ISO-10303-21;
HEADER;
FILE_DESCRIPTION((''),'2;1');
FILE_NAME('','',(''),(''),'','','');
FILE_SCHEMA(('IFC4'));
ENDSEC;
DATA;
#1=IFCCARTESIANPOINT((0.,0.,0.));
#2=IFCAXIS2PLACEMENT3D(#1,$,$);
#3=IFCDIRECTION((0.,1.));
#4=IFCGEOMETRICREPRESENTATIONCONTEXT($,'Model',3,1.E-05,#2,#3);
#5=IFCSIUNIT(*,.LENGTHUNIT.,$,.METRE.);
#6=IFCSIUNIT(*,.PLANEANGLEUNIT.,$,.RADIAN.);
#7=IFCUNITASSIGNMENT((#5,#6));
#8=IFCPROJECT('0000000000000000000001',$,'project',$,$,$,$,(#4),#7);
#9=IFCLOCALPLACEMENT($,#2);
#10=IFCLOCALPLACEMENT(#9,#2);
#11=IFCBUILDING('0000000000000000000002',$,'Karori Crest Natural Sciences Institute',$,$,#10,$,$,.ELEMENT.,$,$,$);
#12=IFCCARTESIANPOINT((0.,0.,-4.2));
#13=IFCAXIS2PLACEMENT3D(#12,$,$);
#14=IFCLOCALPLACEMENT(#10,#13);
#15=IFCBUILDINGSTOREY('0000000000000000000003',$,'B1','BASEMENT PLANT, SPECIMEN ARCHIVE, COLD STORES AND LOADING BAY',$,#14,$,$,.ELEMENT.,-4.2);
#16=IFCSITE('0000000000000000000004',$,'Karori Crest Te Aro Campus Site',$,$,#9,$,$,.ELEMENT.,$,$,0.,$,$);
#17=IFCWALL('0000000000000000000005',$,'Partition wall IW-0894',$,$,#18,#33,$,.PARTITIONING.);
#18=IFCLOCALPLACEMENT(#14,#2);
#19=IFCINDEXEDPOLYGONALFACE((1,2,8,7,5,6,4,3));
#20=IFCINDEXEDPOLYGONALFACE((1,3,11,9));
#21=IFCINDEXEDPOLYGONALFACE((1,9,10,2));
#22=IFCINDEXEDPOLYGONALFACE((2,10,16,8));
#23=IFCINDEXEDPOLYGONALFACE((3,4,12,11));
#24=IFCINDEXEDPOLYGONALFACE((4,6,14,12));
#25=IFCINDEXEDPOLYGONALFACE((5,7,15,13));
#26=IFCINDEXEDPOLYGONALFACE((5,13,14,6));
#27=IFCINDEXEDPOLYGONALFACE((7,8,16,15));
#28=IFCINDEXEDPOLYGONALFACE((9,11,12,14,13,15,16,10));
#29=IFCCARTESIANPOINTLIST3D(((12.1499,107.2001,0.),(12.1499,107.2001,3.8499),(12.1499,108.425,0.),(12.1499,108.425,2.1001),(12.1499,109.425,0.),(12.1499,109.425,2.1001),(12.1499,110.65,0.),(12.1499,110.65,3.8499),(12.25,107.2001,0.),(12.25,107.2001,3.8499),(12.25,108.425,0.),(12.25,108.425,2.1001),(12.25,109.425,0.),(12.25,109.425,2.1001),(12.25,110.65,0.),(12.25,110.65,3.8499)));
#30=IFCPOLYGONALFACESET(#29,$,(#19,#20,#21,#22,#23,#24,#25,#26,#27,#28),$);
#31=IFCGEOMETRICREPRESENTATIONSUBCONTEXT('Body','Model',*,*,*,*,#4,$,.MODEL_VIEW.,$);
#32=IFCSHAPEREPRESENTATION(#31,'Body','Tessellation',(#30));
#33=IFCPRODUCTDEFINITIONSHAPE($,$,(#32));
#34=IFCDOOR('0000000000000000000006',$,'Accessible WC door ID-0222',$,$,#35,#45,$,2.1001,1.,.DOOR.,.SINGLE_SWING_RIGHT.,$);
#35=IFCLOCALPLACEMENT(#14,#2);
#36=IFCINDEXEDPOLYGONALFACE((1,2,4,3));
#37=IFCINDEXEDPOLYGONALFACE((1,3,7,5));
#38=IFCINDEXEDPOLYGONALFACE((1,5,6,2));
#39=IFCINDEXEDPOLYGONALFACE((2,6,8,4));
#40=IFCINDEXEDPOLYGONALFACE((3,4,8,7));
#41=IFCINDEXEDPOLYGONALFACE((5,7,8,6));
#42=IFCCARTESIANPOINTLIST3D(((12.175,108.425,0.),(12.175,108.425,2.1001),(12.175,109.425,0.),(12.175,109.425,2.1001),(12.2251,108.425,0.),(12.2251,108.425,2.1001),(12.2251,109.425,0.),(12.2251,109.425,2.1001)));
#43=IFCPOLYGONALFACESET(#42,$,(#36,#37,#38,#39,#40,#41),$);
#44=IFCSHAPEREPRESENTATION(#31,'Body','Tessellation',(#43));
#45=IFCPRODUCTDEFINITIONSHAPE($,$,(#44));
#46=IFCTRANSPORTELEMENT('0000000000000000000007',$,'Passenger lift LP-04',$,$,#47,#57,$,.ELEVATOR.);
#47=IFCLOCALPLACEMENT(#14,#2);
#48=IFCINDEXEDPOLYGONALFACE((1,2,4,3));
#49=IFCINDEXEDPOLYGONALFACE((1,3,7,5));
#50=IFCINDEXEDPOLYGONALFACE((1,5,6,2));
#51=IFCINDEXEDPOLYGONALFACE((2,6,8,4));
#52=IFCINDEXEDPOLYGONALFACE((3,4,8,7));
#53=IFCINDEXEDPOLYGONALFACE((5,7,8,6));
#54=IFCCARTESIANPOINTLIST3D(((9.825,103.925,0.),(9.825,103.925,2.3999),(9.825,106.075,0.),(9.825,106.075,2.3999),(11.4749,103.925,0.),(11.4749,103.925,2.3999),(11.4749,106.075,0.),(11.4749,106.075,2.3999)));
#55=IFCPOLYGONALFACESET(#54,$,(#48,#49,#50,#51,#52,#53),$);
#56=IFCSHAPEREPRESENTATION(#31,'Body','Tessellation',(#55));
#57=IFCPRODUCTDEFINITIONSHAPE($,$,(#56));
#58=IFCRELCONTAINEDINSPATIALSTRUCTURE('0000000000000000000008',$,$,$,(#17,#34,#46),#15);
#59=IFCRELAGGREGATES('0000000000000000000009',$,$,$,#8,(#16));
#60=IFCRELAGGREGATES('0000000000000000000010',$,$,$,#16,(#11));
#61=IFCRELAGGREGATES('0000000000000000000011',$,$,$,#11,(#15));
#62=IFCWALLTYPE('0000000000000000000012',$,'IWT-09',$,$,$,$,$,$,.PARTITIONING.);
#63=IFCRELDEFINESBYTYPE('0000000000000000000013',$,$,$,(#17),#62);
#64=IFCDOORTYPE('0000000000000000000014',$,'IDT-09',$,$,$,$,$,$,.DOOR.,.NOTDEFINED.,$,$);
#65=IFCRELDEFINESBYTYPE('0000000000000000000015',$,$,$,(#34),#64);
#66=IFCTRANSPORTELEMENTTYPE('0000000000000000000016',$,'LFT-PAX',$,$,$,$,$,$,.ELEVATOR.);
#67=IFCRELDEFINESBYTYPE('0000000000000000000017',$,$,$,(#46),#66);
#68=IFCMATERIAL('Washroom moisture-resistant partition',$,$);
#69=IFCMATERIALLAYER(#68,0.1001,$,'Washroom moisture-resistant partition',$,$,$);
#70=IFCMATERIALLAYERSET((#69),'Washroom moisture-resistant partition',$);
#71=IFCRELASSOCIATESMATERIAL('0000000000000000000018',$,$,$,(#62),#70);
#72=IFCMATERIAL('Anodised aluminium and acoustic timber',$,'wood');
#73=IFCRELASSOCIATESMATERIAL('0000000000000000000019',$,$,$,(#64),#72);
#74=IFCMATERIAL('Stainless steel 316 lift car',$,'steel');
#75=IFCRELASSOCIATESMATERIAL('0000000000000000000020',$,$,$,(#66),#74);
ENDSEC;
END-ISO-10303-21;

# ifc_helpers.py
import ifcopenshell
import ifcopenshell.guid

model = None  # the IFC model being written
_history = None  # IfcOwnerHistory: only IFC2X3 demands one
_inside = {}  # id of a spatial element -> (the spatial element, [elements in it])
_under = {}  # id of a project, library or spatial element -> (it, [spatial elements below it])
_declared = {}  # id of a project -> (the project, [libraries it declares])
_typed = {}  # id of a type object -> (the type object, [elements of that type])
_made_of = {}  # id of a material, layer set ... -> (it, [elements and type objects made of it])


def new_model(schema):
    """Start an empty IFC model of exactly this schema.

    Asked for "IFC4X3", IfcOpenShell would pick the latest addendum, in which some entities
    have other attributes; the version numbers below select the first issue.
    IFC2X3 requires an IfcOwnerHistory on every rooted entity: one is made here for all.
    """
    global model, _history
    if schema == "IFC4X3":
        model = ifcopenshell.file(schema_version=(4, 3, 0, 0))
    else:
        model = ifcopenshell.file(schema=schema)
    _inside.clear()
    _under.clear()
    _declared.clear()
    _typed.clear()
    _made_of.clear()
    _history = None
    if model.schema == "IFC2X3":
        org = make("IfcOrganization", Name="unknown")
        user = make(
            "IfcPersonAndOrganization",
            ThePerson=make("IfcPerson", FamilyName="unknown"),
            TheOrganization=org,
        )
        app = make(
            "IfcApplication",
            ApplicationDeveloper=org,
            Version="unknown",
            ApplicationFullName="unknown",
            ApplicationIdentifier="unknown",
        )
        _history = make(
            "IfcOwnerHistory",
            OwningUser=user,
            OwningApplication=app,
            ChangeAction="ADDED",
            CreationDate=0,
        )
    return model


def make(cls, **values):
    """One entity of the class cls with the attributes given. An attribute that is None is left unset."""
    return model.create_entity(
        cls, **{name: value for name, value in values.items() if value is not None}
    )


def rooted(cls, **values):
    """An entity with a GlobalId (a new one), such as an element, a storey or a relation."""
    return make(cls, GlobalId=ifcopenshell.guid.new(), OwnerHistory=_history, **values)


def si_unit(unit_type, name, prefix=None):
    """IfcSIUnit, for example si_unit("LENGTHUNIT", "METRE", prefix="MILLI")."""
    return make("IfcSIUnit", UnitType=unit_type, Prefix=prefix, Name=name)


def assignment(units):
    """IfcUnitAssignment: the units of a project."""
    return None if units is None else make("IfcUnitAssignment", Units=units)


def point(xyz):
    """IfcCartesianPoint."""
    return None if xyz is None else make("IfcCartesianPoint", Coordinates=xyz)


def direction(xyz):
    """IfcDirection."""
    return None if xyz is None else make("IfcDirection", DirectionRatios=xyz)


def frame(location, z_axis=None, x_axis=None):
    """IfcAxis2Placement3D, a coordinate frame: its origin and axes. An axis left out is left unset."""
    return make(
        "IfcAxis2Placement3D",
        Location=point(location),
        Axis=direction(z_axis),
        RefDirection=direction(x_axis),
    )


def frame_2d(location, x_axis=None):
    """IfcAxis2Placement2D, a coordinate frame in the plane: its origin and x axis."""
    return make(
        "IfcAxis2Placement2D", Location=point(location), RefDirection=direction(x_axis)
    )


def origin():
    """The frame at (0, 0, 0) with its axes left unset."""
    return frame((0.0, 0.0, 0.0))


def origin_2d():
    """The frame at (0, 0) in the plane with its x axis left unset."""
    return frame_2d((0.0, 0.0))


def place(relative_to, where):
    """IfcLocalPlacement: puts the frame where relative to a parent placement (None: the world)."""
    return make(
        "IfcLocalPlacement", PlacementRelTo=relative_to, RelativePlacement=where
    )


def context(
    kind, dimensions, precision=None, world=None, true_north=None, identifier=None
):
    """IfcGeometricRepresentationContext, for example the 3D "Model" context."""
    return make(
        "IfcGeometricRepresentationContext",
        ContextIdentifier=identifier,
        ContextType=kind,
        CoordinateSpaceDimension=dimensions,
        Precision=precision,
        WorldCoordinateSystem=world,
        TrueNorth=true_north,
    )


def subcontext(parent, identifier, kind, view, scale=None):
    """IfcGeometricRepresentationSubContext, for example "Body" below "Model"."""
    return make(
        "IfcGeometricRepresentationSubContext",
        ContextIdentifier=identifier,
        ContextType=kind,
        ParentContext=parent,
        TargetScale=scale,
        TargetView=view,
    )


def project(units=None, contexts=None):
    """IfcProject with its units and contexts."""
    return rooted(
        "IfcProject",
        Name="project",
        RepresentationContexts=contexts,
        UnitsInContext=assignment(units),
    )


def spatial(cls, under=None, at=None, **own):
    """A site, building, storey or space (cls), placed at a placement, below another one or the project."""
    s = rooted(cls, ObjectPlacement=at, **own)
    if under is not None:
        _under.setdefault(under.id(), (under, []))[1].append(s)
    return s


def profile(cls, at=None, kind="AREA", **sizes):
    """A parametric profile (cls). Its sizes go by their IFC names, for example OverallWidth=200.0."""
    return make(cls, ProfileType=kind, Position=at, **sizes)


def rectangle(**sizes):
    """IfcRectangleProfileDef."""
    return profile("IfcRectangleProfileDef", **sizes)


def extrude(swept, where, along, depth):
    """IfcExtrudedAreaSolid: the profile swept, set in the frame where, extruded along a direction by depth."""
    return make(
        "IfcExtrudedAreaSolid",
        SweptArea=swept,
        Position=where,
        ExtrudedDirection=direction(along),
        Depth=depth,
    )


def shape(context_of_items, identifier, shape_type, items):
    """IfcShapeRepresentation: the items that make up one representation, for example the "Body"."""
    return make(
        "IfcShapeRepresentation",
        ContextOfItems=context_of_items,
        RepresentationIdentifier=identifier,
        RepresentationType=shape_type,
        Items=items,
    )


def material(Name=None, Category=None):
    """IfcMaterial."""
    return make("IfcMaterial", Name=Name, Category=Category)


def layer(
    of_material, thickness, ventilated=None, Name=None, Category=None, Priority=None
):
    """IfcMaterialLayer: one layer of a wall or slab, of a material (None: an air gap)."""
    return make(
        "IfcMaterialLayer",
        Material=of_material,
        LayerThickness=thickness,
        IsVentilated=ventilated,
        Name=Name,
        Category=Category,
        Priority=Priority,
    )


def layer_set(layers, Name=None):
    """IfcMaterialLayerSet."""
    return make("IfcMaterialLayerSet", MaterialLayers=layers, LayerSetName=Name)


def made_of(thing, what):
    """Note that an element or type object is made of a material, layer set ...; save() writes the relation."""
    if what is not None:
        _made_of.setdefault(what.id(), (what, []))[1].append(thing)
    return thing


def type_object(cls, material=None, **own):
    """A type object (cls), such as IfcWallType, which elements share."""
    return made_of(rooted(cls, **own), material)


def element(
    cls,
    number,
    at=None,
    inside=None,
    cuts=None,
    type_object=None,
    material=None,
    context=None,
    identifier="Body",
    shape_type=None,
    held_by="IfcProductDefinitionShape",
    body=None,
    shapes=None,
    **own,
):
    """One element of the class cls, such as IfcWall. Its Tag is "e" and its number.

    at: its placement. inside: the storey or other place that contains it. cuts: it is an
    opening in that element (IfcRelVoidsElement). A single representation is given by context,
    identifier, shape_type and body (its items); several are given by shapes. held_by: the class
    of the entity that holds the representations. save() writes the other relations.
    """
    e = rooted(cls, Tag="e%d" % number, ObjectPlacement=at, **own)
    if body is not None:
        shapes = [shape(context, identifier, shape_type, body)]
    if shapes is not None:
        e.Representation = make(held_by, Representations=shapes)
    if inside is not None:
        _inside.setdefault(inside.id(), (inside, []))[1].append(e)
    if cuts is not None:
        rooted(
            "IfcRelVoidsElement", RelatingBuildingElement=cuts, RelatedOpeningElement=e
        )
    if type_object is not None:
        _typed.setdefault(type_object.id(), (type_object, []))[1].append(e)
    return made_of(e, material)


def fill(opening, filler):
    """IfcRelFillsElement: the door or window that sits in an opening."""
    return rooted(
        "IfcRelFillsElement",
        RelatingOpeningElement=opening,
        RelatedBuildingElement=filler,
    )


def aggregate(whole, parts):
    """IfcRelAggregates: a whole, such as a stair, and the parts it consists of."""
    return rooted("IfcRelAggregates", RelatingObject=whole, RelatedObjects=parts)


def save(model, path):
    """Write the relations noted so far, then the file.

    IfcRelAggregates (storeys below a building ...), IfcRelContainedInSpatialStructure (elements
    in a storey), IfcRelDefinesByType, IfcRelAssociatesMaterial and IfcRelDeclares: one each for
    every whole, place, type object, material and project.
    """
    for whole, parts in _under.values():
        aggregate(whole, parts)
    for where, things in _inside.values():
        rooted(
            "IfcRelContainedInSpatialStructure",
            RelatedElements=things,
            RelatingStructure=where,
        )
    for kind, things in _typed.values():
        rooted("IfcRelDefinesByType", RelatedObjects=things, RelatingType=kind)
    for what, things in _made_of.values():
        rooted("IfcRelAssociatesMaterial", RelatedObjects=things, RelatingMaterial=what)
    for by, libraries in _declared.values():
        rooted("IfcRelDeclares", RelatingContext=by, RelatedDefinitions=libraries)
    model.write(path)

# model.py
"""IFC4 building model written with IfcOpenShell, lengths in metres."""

from ifc_helpers import new_model, si_unit, direction, frame, frame_2d, origin, origin_2d, place, context, subcontext, project, spatial, rectangle, extrude, material, layer, layer_set, type_object, element, fill, save


model = new_model("IFC4")

# Units and contexts
model_context = context("Model", 3, precision=1e-05, world=origin(), true_north=direction((0.0, 1.0)))
body_context = subcontext(model_context, "Body", "Model", "MODEL_VIEW")
ifc_project = project(units=[si_unit("LENGTHUNIT", "METRE"), si_unit("PLANEANGLEUNIT", "RADIAN")], contexts=[model_context])

# Site, building, storey
site_placement = place(None, origin())
site = spatial("IfcSite", under=ifc_project, at=site_placement, Name="Karori Crest Te Aro Campus Site", CompositionType="ELEMENT", RefElevation=0.0)
building_placement = place(site_placement, origin())
building = spatial("IfcBuilding", under=site, at=building_placement, Name="Karori Crest Natural Sciences Institute", CompositionType="ELEMENT")
storey_placement = place(building_placement, frame((0.0, 0.0, -4.2)))
storey = spatial("IfcBuildingStorey", under=building, at=storey_placement, Name="B1", Description="BASEMENT PLANT, SPECIMEN ARCHIVE, COLD STORES AND LOADING BAY", CompositionType="ELEMENT", Elevation=-4.2)

# Shared definitions
ifc_material_1 = material(Name="Washroom moisture-resistant partition")
ifc_layer_1 = layer(ifc_material_1, 0.1001, Name="Washroom moisture-resistant partition")
ifc_layer_set_1 = layer_set([ifc_layer_1], Name="Washroom moisture-resistant partition")
wall_type_1 = type_object("IfcWallType", Name="IWT-09", PredefinedType="PARTITIONING", material=ifc_layer_set_1)

# Wall, opening, door
wall_1_placement = place(storey_placement, frame((12.2, 107.2, 0.0), z_axis=(0.0, 0.0, 1.0), x_axis=(0.0, 1.0, 0.0)))
wall_1 = element("IfcWall", 1, at=wall_1_placement, inside=storey, type_object=wall_type_1, Name="Partition wall IW-0894", PredefinedType="PARTITIONING", context=body_context, shape_type="SweptSolid", body=[
    extrude(rectangle(XDim=3.45, YDim=0.1001, at=frame_2d((1.7251, 0.0))), origin(), (0.0, 0.0, 1.0), 3.8499),
])
opening_1_placement = place(wall_1_placement, frame((1.2251, 0.0, 0.0)))
opening_1 = element("IfcOpeningElement", 2, at=opening_1_placement, cuts=wall_1, PredefinedType="OPENING", context=body_context, shape_type="SweptSolid", body=[
    extrude(rectangle(XDim=1.0, YDim=2.1001, at=frame_2d((0.5, 1.05))), frame((0.0, 0.0601, 0.0), z_axis=(0.0, -1.0, 0.0), x_axis=(1.0, 0.0, 0.0)), (0.0, 0.0, 1.0), 0.1201),
])
ifc_material_2 = material(Name="Anodised aluminium and acoustic timber", Category="wood")
door_type_1 = type_object("IfcDoorType", Name="IDT-09", OperationType="NOTDEFINED", PredefinedType="DOOR", material=ifc_material_2)
door_1_placement = place(opening_1_placement, origin())
door_1 = element("IfcDoor", 3, at=door_1_placement, inside=storey, type_object=door_type_1, Name="Accessible WC door ID-0222", OperationType="SINGLE_SWING_RIGHT", OverallHeight=2.1001, OverallWidth=1.0, PredefinedType="DOOR", context=body_context, shape_type="SweptSolid", body=[
    extrude(rectangle(XDim=1.0, YDim=2.1001, at=frame_2d((0.5, 1.05))), frame((0.0, 0.0249, 0.0), z_axis=(0.0, -1.0, 0.0), x_axis=(1.0, 0.0, 0.0)), (0.0, 0.0, 1.0), 0.05),
])
fill(opening_1, door_1)

# Transport element
ifc_material_3 = material(Name="Stainless steel 316 lift car", Category="steel")
transport_element_type = type_object("IfcTransportElementType", Name="LFT-PAX", PredefinedType="ELEVATOR", material=ifc_material_3)
transport_element_placement = place(storey_placement, frame((10.6499, 105.0, 0.0), z_axis=(0.0, 0.0, 1.0), x_axis=(1.0, 0.0, 0.0)))
element("IfcTransportElement", 4, at=transport_element_placement, inside=storey, type_object=transport_element_type, Name="Passenger lift LP-04", PredefinedType="ELEVATOR", context=body_context, shape_type="SweptSolid", body=[
    extrude(rectangle(XDim=1.6499, YDim=2.1499, at=origin_2d()), origin(), (0.0, 0.0, 1.0), 2.3999),
])

save(model, "model.ifc")
